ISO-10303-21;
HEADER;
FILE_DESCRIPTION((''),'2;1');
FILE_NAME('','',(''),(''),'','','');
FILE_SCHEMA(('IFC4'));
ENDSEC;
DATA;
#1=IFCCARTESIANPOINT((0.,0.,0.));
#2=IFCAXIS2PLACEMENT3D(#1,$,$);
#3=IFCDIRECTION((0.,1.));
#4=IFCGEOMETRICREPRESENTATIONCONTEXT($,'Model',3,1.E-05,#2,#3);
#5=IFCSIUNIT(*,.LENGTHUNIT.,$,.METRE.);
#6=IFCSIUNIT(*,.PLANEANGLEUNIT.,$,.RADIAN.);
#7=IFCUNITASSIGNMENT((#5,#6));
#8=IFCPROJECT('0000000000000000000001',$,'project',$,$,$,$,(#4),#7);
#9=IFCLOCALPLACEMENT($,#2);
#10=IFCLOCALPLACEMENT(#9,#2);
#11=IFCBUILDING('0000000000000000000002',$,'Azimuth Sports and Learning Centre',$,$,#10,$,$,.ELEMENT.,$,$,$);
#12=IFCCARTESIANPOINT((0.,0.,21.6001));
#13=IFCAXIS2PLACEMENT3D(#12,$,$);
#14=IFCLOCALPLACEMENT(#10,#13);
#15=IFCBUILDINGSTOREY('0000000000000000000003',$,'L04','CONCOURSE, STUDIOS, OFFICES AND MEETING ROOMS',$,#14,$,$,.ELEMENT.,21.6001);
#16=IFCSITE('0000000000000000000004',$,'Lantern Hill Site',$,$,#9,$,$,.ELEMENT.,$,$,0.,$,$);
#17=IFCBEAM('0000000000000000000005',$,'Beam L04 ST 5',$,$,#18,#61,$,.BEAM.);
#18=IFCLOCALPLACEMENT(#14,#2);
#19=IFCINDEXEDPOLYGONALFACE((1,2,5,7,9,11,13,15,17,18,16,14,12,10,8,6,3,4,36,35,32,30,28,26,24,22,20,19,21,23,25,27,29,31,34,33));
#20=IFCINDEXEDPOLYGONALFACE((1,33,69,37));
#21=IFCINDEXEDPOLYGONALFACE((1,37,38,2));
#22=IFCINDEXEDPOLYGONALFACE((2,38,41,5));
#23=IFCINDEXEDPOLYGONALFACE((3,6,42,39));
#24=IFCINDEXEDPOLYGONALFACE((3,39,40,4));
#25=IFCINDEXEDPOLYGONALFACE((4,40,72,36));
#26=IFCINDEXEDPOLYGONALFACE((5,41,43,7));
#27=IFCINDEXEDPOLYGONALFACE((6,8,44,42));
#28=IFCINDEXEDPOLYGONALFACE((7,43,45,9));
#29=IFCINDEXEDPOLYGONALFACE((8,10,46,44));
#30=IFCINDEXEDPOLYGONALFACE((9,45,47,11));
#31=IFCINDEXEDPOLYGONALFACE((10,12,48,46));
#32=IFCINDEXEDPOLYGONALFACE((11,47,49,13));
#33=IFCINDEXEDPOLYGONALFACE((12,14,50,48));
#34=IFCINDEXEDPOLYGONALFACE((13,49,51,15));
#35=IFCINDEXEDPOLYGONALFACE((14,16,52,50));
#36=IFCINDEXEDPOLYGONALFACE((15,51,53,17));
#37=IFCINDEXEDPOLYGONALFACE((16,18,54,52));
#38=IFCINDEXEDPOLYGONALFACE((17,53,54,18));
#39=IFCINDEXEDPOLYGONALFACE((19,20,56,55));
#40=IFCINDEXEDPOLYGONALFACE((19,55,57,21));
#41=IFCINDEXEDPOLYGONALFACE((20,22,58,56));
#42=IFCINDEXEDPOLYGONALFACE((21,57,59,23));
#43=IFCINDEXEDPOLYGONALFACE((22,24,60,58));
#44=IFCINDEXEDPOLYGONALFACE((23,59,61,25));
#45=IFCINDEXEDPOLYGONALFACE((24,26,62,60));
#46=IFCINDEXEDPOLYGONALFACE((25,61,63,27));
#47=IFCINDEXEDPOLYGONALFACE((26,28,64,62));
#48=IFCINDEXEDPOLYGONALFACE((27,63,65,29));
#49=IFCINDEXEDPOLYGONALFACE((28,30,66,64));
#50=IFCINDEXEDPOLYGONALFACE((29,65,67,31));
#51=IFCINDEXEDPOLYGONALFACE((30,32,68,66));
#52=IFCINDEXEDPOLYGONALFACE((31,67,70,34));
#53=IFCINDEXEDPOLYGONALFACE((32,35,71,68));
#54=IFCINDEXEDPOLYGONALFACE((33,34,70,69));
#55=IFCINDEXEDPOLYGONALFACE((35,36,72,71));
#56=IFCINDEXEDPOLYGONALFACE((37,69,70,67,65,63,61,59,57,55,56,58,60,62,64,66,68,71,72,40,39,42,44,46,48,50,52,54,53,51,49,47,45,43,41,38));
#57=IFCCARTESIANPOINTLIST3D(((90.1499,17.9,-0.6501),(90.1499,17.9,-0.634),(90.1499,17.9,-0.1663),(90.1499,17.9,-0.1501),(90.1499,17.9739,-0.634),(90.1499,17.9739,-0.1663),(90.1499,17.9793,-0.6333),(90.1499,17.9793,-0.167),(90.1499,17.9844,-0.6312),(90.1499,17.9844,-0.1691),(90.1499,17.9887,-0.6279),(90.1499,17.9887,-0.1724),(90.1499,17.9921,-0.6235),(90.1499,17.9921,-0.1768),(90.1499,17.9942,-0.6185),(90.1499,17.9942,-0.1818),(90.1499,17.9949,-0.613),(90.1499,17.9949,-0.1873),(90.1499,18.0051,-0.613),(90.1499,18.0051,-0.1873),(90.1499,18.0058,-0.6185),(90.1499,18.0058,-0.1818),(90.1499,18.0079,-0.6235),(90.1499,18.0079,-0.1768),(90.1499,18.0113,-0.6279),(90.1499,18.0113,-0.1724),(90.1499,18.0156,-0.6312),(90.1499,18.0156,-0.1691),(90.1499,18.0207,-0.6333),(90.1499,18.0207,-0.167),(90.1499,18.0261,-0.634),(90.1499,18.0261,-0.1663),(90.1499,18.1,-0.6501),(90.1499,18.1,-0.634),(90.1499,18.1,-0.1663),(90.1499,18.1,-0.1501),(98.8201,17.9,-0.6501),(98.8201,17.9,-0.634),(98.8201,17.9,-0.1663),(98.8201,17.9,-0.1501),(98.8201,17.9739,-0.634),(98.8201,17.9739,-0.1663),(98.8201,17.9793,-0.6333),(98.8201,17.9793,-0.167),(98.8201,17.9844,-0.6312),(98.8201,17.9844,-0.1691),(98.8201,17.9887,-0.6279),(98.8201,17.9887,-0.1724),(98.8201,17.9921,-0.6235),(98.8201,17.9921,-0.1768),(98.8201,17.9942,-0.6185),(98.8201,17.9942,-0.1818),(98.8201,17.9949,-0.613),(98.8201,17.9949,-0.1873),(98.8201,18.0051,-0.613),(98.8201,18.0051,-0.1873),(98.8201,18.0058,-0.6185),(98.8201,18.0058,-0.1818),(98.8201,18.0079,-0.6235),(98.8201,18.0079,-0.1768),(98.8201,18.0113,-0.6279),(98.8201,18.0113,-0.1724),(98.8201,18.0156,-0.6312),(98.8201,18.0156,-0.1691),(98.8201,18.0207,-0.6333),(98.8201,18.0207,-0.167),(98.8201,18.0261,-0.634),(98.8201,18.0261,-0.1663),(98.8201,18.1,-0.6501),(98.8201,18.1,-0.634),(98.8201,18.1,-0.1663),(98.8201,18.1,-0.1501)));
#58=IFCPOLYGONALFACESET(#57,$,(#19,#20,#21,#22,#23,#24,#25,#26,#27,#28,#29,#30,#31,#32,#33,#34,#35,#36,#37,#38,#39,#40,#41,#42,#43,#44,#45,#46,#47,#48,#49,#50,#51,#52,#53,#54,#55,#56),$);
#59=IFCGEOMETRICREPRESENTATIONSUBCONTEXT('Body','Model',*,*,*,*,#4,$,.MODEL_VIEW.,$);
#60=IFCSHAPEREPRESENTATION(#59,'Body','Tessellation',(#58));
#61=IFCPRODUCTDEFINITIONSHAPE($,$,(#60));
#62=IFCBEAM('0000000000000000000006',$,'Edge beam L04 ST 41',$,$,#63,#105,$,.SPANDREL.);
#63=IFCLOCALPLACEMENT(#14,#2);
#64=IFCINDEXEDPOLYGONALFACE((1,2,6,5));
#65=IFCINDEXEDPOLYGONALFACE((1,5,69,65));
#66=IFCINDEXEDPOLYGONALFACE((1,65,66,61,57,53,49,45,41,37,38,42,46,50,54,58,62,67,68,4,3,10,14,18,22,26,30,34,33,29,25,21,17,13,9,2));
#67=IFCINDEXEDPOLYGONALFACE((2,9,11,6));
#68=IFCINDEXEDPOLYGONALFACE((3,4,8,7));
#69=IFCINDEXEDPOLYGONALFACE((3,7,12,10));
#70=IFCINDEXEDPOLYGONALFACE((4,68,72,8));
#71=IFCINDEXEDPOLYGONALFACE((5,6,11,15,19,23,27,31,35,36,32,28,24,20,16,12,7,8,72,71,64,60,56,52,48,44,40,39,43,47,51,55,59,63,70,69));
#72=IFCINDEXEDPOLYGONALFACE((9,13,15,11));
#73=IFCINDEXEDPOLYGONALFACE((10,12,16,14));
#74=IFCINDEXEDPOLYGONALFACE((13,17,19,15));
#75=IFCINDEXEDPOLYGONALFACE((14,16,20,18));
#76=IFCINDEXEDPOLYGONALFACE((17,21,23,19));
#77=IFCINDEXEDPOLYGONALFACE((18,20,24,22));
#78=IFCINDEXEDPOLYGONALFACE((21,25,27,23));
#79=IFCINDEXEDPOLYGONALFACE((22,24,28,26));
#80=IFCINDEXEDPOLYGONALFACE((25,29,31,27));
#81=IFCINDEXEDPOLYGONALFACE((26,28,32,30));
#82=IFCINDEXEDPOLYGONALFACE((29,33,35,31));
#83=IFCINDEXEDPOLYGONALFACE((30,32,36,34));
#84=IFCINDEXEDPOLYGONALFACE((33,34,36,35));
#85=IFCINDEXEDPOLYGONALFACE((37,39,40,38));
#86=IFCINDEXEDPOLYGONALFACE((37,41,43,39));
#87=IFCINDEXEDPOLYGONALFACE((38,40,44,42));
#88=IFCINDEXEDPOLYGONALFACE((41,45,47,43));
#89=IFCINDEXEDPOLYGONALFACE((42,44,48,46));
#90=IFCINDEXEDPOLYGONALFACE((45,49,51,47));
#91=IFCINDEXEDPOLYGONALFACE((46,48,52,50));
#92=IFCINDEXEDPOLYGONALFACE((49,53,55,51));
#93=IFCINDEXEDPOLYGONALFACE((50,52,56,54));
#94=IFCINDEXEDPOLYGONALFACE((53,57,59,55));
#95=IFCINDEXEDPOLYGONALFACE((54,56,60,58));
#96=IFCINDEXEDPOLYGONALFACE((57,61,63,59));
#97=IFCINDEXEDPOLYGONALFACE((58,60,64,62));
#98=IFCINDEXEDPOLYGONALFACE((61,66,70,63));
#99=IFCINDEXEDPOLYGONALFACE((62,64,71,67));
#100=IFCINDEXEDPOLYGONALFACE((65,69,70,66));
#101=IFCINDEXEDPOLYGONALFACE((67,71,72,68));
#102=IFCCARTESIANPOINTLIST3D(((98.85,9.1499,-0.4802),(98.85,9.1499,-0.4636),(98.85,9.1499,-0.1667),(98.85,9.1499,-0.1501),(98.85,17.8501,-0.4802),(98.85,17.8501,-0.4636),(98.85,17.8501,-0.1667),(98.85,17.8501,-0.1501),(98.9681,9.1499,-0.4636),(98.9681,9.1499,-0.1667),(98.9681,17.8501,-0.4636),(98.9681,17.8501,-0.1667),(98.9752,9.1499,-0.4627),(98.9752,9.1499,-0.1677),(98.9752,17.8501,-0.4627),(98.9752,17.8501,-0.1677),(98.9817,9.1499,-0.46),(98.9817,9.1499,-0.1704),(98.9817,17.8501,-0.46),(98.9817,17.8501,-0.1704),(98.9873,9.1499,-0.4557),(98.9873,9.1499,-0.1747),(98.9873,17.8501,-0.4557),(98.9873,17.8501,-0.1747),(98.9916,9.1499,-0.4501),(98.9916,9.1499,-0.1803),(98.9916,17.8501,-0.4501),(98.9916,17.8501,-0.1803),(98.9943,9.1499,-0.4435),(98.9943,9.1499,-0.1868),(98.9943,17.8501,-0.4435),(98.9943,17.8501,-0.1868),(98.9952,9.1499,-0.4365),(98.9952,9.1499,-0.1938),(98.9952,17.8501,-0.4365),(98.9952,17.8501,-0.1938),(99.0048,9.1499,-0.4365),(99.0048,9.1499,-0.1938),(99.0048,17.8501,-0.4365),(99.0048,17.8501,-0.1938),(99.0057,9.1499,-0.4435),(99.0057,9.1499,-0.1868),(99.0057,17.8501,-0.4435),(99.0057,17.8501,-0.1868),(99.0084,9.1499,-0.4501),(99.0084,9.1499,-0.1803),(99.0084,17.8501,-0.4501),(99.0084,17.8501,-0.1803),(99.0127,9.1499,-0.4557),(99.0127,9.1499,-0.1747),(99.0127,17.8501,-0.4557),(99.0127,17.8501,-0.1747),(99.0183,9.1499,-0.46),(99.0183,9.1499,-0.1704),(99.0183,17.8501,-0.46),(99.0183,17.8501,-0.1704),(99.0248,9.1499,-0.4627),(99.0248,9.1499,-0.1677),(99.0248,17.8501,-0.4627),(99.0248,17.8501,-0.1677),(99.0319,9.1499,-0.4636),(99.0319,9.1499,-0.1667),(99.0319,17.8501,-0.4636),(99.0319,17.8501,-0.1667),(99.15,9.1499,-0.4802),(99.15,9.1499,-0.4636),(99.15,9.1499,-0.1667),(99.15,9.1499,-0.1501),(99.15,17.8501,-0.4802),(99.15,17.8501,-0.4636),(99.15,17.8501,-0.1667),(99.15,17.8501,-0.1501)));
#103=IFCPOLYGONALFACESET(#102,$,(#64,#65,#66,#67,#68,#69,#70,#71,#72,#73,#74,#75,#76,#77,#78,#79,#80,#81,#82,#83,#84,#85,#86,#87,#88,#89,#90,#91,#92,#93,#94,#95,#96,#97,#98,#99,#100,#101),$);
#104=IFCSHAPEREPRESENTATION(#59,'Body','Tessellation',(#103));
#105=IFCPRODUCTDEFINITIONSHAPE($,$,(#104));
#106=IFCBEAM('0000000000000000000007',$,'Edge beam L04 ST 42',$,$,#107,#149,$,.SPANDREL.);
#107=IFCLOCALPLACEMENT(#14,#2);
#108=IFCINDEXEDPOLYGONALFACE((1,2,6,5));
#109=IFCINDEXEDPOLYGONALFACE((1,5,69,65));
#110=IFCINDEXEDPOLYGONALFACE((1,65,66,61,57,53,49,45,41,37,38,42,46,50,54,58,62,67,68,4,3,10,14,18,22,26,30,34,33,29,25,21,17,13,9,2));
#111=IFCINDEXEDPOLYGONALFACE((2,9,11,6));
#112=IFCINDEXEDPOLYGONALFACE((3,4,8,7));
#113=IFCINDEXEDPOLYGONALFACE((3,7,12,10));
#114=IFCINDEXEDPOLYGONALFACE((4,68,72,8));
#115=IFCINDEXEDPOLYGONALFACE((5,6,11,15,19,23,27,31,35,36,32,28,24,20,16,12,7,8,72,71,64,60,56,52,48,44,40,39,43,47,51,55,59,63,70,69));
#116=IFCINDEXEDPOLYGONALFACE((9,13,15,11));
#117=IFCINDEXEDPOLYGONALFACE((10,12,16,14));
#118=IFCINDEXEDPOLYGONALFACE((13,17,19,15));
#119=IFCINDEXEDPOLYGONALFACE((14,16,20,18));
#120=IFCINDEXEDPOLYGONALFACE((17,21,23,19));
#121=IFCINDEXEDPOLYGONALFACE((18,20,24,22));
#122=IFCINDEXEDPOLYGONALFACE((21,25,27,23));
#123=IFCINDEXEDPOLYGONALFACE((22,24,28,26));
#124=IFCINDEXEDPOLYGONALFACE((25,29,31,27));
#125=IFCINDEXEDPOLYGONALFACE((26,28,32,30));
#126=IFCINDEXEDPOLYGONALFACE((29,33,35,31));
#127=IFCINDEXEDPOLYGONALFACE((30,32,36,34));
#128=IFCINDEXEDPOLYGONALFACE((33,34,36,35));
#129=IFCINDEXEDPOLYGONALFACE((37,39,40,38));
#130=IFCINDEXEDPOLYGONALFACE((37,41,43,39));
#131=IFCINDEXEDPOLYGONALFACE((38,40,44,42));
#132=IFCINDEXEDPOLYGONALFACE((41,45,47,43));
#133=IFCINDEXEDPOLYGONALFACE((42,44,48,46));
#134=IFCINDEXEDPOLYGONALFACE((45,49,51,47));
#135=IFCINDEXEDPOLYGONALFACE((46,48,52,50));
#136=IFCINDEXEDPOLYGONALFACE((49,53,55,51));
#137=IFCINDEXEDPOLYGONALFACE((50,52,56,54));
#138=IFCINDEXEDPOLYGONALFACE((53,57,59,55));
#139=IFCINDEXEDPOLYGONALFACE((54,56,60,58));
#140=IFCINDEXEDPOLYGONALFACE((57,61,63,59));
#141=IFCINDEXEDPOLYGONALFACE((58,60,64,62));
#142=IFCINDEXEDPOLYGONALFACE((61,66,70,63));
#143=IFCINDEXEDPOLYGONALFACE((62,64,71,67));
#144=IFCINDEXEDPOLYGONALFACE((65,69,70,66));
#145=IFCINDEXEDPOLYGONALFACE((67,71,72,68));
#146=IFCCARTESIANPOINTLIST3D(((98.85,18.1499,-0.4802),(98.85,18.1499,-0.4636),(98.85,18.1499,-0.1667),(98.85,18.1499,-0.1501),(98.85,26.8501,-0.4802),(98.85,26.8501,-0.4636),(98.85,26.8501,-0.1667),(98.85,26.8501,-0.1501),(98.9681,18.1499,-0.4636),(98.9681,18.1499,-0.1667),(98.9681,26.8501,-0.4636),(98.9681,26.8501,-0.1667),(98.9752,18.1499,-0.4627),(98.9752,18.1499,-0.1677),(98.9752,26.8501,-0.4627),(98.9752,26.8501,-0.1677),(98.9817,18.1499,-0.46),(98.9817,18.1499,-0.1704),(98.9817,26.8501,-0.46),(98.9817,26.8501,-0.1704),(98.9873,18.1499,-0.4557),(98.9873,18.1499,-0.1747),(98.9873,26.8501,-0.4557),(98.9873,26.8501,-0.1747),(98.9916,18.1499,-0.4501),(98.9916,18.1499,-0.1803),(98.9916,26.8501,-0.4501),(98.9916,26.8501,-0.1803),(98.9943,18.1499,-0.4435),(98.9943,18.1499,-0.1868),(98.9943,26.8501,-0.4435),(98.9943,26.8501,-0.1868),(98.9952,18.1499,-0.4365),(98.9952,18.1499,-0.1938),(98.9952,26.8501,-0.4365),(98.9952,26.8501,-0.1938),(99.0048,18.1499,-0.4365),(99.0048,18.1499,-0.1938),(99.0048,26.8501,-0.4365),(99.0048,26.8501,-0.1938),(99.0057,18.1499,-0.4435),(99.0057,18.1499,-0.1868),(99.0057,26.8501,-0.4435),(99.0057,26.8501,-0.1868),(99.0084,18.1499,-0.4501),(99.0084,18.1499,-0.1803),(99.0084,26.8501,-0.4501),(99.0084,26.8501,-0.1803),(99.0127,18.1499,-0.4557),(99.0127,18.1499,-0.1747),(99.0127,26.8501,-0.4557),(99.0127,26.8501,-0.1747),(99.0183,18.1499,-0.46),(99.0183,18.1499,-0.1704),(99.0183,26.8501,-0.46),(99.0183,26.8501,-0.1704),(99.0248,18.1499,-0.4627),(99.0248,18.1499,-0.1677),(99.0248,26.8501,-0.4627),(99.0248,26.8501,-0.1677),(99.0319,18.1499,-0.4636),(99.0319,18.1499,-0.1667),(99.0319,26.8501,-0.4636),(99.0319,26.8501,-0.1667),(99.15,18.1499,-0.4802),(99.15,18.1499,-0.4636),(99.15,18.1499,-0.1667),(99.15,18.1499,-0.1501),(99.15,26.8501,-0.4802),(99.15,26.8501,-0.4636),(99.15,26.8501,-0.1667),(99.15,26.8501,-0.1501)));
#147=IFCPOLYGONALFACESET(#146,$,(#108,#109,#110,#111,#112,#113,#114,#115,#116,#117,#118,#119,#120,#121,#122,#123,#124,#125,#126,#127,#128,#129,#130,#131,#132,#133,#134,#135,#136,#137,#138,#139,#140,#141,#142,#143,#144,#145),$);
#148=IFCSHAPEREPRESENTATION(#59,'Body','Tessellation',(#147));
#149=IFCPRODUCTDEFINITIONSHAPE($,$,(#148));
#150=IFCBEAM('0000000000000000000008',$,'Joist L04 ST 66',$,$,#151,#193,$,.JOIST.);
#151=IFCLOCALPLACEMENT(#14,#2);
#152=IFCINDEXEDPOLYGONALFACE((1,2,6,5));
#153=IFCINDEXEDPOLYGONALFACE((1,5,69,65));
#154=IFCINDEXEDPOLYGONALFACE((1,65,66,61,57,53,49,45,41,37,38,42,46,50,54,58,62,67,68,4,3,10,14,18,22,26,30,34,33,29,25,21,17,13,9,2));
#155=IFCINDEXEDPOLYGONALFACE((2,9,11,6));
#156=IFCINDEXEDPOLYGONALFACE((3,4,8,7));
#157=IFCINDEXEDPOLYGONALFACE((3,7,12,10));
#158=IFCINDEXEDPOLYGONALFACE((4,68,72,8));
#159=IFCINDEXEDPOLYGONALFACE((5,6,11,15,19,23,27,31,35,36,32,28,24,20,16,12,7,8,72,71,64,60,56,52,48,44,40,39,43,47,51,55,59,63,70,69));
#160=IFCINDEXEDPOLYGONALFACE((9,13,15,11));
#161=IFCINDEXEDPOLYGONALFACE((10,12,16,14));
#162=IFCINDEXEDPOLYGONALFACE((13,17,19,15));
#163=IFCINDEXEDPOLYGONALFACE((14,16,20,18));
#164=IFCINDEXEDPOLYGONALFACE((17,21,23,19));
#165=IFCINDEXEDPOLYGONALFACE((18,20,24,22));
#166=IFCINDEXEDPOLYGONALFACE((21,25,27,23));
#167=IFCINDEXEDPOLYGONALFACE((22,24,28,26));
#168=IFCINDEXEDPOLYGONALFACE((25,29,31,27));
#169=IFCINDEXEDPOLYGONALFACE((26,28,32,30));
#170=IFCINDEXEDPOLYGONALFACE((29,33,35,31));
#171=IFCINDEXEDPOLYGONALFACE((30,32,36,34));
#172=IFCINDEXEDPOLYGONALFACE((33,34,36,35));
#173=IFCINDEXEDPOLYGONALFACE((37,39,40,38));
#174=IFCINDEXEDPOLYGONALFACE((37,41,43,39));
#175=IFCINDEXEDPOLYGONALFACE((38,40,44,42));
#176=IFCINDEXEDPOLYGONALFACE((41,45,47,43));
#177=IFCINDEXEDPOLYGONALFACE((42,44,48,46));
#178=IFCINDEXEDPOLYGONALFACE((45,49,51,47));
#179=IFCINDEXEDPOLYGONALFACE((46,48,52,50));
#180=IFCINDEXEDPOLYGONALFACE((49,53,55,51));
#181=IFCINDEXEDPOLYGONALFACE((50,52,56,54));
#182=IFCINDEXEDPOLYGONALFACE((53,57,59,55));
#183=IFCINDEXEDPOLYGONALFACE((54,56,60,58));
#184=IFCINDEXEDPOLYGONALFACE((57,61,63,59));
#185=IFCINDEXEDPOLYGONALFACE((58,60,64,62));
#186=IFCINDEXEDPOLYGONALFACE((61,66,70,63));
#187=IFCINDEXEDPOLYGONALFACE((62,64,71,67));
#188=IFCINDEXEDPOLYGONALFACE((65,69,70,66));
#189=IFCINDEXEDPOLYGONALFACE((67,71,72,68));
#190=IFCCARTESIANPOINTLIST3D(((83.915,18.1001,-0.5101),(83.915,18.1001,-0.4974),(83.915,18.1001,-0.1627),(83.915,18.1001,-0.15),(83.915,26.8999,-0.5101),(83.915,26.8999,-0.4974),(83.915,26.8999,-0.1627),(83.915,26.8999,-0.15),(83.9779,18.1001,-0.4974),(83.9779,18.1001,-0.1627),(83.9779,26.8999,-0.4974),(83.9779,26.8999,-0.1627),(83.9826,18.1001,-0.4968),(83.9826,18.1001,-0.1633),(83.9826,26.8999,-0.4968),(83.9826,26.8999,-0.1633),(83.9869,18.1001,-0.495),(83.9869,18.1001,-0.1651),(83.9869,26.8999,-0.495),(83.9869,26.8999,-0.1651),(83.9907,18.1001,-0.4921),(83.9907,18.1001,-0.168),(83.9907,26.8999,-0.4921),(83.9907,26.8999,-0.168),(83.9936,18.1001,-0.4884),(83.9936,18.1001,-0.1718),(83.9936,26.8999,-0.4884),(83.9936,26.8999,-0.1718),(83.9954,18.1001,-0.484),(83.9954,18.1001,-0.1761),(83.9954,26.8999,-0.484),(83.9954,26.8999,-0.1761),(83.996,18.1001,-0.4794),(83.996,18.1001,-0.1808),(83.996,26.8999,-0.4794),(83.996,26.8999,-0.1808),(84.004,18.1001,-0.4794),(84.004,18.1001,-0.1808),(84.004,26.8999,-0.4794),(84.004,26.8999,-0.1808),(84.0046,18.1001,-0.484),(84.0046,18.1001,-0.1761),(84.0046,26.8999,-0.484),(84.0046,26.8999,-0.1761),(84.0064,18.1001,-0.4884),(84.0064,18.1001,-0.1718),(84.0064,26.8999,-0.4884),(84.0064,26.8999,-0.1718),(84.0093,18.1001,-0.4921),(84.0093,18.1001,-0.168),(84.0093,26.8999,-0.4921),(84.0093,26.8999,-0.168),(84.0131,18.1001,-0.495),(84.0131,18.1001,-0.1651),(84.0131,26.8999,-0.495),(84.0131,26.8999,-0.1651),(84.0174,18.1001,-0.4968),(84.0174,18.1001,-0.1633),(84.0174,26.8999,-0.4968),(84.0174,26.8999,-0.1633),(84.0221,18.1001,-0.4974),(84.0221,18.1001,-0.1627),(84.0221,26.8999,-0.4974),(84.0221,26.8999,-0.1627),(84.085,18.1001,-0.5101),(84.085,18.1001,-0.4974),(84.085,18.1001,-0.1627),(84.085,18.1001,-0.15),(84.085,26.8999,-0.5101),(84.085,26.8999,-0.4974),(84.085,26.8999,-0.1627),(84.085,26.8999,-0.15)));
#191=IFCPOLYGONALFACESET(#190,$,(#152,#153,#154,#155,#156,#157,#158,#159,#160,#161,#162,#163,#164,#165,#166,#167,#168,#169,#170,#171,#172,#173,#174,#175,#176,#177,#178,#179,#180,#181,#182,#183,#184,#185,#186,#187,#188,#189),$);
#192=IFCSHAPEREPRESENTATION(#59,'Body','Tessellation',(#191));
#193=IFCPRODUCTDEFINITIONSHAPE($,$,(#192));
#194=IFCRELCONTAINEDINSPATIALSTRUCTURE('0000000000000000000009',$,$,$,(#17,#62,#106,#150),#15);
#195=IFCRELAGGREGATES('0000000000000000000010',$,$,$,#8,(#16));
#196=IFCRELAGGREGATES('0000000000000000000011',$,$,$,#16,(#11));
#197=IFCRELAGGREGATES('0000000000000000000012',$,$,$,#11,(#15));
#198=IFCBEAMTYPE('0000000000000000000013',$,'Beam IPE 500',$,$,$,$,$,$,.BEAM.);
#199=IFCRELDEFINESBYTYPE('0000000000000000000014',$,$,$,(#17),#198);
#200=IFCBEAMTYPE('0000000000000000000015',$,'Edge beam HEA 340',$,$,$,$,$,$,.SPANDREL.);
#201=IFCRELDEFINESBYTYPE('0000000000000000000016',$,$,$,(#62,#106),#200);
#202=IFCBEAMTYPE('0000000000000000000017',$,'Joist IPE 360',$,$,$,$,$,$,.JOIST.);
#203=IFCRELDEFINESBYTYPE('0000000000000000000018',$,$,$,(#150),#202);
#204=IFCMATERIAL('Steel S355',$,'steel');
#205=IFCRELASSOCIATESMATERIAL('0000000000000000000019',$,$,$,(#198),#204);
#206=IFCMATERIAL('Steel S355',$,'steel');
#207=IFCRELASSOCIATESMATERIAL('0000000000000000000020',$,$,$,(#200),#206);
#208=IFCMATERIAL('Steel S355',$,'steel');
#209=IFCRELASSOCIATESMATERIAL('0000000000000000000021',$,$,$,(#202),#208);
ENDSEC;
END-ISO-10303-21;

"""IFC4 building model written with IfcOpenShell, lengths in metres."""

from ifc_helpers import new_model, si_unit, direction, frame, origin, origin_2d, place, context, subcontext, project, spatial, i_section, extrude, material, material_profile, profile_set, type_object, element, save


model = new_model("IFC4")

# Units and contexts
model_context = context("Model", 3, precision=1e-05, world=origin(), true_north=direction((0.0, 1.0)))
body_context = subcontext(model_context, "Body", "Model", "MODEL_VIEW")
ifc_project = project(units=[si_unit("LENGTHUNIT", "METRE"), si_unit("PLANEANGLEUNIT", "RADIAN")], contexts=[model_context])

# Site, building, storey
site_placement = place(None, origin())
site = spatial("IfcSite", under=ifc_project, at=site_placement, Name="Lantern Hill Site", CompositionType="ELEMENT", RefElevation=0.0)
building_placement = place(site_placement, origin())
building = spatial("IfcBuilding", under=site, at=building_placement, Name="Azimuth Sports and Learning Centre", CompositionType="ELEMENT")
storey_placement = place(building_placement, frame((0.0, 0.0, 21.6001)))
storey = spatial("IfcBuildingStorey", under=building, at=storey_placement, Name="L04", Description="CONCOURSE, STUDIOS, OFFICES AND MEETING ROOMS", CompositionType="ELEMENT", Elevation=21.6001)

# Beams
ifc_material_1 = material(Name="Steel S355", Category="steel")
ifc_material_profile_1 = material_profile(ifc_material_1, i_section(OverallWidth=0.2, OverallDepth=0.5, WebThickness=0.0103, FlangeThickness=0.0161, FilletRadius=0.021, at=origin_2d()), Name="IPE 500")
ifc_profile_set_1 = profile_set([ifc_material_profile_1], Name="Steel S355")
beam_type_1 = type_object("IfcBeamType", Name="Beam IPE 500", PredefinedType="BEAM", material=ifc_profile_set_1)
beam_placement = place(storey_placement, frame((90.1499, 18.0, -0.4001), z_axis=(1.0, 0.0, 0.0), x_axis=(0.0, 1.0, 0.0)))
element("IfcBeam", 1, at=beam_placement, inside=storey, type_object=beam_type_1, Name="Beam L04 ST 5", PredefinedType="BEAM", context=body_context, shape_type="SweptSolid", body=[
    extrude(i_section(OverallWidth=0.2, OverallDepth=0.5, WebThickness=0.0103, FlangeThickness=0.0161, FilletRadius=0.021, at=origin_2d()), origin(), (0.0, 0.0, 1.0), 8.6702),
])
ifc_material_2 = material(Name="Steel S355", Category="steel")
ifc_material_profile_2 = material_profile(ifc_material_2, i_section(OverallWidth=0.3, OverallDepth=0.3301, WebThickness=0.0095, FlangeThickness=0.0166, FilletRadius=0.0271, at=origin_2d()), Name="HEA 340")
ifc_profile_set_2 = profile_set([ifc_material_profile_2], Name="Steel S355")
beam_type_2 = type_object("IfcBeamType", Name="Edge beam HEA 340", PredefinedType="SPANDREL", material=ifc_profile_set_2)
for number, where, z_axis, x_axis, name in (
    (2, (99.0, 9.1499, -0.3152), (0.0, 1.0, 0.0), (-1.0, 0.0, 0.0), "Edge beam L04 ST 41"),
    (3, (99.0, 18.1499, -0.3152), (0.0, 1.0, 0.0), (-1.0, 0.0, 0.0), "Edge beam L04 ST 42"),
):
    element("IfcBeam", number, at=place(storey_placement, frame(where, z_axis=z_axis, x_axis=x_axis)), inside=storey, type_object=beam_type_2, Name=name, PredefinedType="SPANDREL", context=body_context, shape_type="SweptSolid", body=[
        extrude(i_section(OverallWidth=0.3, OverallDepth=0.3301, WebThickness=0.0095, FlangeThickness=0.0166, FilletRadius=0.0271, at=origin_2d()), origin(), (0.0, 0.0, 1.0), 8.7002),
    ])
ifc_material_3 = material(Name="Steel S355", Category="steel")
ifc_material_profile_3 = material_profile(ifc_material_3, i_section(OverallWidth=0.1699, OverallDepth=0.3601, WebThickness=0.0081, FlangeThickness=0.0127, FilletRadius=0.0181, at=origin_2d()), Name="IPE 360")
ifc_profile_set_3 = profile_set([ifc_material_profile_3], Name="Steel S355")
beam_type_3 = type_object("IfcBeamType", Name="Joist IPE 360", PredefinedType="JOIST", material=ifc_profile_set_3)
for number, where, z_axis, x_axis, name in (
    (4, (84.0, 18.1001, -0.3301), (0.0, 1.0, 0.0), (-1.0, 0.0, 0.0), "Joist L04 ST 66"),
):
    element("IfcBeam", number, at=place(storey_placement, frame(where, z_axis=z_axis, x_axis=x_axis)), inside=storey, type_object=beam_type_3, Name=name, PredefinedType="JOIST", context=body_context, shape_type="SweptSolid", body=[
        extrude(i_section(OverallWidth=0.1699, OverallDepth=0.3601, WebThickness=0.0081, FlangeThickness=0.0127, FilletRadius=0.0181, at=origin_2d()), origin(), (0.0, 0.0, 1.0), 8.7998),
    ])

save(model, "model.ifc")
